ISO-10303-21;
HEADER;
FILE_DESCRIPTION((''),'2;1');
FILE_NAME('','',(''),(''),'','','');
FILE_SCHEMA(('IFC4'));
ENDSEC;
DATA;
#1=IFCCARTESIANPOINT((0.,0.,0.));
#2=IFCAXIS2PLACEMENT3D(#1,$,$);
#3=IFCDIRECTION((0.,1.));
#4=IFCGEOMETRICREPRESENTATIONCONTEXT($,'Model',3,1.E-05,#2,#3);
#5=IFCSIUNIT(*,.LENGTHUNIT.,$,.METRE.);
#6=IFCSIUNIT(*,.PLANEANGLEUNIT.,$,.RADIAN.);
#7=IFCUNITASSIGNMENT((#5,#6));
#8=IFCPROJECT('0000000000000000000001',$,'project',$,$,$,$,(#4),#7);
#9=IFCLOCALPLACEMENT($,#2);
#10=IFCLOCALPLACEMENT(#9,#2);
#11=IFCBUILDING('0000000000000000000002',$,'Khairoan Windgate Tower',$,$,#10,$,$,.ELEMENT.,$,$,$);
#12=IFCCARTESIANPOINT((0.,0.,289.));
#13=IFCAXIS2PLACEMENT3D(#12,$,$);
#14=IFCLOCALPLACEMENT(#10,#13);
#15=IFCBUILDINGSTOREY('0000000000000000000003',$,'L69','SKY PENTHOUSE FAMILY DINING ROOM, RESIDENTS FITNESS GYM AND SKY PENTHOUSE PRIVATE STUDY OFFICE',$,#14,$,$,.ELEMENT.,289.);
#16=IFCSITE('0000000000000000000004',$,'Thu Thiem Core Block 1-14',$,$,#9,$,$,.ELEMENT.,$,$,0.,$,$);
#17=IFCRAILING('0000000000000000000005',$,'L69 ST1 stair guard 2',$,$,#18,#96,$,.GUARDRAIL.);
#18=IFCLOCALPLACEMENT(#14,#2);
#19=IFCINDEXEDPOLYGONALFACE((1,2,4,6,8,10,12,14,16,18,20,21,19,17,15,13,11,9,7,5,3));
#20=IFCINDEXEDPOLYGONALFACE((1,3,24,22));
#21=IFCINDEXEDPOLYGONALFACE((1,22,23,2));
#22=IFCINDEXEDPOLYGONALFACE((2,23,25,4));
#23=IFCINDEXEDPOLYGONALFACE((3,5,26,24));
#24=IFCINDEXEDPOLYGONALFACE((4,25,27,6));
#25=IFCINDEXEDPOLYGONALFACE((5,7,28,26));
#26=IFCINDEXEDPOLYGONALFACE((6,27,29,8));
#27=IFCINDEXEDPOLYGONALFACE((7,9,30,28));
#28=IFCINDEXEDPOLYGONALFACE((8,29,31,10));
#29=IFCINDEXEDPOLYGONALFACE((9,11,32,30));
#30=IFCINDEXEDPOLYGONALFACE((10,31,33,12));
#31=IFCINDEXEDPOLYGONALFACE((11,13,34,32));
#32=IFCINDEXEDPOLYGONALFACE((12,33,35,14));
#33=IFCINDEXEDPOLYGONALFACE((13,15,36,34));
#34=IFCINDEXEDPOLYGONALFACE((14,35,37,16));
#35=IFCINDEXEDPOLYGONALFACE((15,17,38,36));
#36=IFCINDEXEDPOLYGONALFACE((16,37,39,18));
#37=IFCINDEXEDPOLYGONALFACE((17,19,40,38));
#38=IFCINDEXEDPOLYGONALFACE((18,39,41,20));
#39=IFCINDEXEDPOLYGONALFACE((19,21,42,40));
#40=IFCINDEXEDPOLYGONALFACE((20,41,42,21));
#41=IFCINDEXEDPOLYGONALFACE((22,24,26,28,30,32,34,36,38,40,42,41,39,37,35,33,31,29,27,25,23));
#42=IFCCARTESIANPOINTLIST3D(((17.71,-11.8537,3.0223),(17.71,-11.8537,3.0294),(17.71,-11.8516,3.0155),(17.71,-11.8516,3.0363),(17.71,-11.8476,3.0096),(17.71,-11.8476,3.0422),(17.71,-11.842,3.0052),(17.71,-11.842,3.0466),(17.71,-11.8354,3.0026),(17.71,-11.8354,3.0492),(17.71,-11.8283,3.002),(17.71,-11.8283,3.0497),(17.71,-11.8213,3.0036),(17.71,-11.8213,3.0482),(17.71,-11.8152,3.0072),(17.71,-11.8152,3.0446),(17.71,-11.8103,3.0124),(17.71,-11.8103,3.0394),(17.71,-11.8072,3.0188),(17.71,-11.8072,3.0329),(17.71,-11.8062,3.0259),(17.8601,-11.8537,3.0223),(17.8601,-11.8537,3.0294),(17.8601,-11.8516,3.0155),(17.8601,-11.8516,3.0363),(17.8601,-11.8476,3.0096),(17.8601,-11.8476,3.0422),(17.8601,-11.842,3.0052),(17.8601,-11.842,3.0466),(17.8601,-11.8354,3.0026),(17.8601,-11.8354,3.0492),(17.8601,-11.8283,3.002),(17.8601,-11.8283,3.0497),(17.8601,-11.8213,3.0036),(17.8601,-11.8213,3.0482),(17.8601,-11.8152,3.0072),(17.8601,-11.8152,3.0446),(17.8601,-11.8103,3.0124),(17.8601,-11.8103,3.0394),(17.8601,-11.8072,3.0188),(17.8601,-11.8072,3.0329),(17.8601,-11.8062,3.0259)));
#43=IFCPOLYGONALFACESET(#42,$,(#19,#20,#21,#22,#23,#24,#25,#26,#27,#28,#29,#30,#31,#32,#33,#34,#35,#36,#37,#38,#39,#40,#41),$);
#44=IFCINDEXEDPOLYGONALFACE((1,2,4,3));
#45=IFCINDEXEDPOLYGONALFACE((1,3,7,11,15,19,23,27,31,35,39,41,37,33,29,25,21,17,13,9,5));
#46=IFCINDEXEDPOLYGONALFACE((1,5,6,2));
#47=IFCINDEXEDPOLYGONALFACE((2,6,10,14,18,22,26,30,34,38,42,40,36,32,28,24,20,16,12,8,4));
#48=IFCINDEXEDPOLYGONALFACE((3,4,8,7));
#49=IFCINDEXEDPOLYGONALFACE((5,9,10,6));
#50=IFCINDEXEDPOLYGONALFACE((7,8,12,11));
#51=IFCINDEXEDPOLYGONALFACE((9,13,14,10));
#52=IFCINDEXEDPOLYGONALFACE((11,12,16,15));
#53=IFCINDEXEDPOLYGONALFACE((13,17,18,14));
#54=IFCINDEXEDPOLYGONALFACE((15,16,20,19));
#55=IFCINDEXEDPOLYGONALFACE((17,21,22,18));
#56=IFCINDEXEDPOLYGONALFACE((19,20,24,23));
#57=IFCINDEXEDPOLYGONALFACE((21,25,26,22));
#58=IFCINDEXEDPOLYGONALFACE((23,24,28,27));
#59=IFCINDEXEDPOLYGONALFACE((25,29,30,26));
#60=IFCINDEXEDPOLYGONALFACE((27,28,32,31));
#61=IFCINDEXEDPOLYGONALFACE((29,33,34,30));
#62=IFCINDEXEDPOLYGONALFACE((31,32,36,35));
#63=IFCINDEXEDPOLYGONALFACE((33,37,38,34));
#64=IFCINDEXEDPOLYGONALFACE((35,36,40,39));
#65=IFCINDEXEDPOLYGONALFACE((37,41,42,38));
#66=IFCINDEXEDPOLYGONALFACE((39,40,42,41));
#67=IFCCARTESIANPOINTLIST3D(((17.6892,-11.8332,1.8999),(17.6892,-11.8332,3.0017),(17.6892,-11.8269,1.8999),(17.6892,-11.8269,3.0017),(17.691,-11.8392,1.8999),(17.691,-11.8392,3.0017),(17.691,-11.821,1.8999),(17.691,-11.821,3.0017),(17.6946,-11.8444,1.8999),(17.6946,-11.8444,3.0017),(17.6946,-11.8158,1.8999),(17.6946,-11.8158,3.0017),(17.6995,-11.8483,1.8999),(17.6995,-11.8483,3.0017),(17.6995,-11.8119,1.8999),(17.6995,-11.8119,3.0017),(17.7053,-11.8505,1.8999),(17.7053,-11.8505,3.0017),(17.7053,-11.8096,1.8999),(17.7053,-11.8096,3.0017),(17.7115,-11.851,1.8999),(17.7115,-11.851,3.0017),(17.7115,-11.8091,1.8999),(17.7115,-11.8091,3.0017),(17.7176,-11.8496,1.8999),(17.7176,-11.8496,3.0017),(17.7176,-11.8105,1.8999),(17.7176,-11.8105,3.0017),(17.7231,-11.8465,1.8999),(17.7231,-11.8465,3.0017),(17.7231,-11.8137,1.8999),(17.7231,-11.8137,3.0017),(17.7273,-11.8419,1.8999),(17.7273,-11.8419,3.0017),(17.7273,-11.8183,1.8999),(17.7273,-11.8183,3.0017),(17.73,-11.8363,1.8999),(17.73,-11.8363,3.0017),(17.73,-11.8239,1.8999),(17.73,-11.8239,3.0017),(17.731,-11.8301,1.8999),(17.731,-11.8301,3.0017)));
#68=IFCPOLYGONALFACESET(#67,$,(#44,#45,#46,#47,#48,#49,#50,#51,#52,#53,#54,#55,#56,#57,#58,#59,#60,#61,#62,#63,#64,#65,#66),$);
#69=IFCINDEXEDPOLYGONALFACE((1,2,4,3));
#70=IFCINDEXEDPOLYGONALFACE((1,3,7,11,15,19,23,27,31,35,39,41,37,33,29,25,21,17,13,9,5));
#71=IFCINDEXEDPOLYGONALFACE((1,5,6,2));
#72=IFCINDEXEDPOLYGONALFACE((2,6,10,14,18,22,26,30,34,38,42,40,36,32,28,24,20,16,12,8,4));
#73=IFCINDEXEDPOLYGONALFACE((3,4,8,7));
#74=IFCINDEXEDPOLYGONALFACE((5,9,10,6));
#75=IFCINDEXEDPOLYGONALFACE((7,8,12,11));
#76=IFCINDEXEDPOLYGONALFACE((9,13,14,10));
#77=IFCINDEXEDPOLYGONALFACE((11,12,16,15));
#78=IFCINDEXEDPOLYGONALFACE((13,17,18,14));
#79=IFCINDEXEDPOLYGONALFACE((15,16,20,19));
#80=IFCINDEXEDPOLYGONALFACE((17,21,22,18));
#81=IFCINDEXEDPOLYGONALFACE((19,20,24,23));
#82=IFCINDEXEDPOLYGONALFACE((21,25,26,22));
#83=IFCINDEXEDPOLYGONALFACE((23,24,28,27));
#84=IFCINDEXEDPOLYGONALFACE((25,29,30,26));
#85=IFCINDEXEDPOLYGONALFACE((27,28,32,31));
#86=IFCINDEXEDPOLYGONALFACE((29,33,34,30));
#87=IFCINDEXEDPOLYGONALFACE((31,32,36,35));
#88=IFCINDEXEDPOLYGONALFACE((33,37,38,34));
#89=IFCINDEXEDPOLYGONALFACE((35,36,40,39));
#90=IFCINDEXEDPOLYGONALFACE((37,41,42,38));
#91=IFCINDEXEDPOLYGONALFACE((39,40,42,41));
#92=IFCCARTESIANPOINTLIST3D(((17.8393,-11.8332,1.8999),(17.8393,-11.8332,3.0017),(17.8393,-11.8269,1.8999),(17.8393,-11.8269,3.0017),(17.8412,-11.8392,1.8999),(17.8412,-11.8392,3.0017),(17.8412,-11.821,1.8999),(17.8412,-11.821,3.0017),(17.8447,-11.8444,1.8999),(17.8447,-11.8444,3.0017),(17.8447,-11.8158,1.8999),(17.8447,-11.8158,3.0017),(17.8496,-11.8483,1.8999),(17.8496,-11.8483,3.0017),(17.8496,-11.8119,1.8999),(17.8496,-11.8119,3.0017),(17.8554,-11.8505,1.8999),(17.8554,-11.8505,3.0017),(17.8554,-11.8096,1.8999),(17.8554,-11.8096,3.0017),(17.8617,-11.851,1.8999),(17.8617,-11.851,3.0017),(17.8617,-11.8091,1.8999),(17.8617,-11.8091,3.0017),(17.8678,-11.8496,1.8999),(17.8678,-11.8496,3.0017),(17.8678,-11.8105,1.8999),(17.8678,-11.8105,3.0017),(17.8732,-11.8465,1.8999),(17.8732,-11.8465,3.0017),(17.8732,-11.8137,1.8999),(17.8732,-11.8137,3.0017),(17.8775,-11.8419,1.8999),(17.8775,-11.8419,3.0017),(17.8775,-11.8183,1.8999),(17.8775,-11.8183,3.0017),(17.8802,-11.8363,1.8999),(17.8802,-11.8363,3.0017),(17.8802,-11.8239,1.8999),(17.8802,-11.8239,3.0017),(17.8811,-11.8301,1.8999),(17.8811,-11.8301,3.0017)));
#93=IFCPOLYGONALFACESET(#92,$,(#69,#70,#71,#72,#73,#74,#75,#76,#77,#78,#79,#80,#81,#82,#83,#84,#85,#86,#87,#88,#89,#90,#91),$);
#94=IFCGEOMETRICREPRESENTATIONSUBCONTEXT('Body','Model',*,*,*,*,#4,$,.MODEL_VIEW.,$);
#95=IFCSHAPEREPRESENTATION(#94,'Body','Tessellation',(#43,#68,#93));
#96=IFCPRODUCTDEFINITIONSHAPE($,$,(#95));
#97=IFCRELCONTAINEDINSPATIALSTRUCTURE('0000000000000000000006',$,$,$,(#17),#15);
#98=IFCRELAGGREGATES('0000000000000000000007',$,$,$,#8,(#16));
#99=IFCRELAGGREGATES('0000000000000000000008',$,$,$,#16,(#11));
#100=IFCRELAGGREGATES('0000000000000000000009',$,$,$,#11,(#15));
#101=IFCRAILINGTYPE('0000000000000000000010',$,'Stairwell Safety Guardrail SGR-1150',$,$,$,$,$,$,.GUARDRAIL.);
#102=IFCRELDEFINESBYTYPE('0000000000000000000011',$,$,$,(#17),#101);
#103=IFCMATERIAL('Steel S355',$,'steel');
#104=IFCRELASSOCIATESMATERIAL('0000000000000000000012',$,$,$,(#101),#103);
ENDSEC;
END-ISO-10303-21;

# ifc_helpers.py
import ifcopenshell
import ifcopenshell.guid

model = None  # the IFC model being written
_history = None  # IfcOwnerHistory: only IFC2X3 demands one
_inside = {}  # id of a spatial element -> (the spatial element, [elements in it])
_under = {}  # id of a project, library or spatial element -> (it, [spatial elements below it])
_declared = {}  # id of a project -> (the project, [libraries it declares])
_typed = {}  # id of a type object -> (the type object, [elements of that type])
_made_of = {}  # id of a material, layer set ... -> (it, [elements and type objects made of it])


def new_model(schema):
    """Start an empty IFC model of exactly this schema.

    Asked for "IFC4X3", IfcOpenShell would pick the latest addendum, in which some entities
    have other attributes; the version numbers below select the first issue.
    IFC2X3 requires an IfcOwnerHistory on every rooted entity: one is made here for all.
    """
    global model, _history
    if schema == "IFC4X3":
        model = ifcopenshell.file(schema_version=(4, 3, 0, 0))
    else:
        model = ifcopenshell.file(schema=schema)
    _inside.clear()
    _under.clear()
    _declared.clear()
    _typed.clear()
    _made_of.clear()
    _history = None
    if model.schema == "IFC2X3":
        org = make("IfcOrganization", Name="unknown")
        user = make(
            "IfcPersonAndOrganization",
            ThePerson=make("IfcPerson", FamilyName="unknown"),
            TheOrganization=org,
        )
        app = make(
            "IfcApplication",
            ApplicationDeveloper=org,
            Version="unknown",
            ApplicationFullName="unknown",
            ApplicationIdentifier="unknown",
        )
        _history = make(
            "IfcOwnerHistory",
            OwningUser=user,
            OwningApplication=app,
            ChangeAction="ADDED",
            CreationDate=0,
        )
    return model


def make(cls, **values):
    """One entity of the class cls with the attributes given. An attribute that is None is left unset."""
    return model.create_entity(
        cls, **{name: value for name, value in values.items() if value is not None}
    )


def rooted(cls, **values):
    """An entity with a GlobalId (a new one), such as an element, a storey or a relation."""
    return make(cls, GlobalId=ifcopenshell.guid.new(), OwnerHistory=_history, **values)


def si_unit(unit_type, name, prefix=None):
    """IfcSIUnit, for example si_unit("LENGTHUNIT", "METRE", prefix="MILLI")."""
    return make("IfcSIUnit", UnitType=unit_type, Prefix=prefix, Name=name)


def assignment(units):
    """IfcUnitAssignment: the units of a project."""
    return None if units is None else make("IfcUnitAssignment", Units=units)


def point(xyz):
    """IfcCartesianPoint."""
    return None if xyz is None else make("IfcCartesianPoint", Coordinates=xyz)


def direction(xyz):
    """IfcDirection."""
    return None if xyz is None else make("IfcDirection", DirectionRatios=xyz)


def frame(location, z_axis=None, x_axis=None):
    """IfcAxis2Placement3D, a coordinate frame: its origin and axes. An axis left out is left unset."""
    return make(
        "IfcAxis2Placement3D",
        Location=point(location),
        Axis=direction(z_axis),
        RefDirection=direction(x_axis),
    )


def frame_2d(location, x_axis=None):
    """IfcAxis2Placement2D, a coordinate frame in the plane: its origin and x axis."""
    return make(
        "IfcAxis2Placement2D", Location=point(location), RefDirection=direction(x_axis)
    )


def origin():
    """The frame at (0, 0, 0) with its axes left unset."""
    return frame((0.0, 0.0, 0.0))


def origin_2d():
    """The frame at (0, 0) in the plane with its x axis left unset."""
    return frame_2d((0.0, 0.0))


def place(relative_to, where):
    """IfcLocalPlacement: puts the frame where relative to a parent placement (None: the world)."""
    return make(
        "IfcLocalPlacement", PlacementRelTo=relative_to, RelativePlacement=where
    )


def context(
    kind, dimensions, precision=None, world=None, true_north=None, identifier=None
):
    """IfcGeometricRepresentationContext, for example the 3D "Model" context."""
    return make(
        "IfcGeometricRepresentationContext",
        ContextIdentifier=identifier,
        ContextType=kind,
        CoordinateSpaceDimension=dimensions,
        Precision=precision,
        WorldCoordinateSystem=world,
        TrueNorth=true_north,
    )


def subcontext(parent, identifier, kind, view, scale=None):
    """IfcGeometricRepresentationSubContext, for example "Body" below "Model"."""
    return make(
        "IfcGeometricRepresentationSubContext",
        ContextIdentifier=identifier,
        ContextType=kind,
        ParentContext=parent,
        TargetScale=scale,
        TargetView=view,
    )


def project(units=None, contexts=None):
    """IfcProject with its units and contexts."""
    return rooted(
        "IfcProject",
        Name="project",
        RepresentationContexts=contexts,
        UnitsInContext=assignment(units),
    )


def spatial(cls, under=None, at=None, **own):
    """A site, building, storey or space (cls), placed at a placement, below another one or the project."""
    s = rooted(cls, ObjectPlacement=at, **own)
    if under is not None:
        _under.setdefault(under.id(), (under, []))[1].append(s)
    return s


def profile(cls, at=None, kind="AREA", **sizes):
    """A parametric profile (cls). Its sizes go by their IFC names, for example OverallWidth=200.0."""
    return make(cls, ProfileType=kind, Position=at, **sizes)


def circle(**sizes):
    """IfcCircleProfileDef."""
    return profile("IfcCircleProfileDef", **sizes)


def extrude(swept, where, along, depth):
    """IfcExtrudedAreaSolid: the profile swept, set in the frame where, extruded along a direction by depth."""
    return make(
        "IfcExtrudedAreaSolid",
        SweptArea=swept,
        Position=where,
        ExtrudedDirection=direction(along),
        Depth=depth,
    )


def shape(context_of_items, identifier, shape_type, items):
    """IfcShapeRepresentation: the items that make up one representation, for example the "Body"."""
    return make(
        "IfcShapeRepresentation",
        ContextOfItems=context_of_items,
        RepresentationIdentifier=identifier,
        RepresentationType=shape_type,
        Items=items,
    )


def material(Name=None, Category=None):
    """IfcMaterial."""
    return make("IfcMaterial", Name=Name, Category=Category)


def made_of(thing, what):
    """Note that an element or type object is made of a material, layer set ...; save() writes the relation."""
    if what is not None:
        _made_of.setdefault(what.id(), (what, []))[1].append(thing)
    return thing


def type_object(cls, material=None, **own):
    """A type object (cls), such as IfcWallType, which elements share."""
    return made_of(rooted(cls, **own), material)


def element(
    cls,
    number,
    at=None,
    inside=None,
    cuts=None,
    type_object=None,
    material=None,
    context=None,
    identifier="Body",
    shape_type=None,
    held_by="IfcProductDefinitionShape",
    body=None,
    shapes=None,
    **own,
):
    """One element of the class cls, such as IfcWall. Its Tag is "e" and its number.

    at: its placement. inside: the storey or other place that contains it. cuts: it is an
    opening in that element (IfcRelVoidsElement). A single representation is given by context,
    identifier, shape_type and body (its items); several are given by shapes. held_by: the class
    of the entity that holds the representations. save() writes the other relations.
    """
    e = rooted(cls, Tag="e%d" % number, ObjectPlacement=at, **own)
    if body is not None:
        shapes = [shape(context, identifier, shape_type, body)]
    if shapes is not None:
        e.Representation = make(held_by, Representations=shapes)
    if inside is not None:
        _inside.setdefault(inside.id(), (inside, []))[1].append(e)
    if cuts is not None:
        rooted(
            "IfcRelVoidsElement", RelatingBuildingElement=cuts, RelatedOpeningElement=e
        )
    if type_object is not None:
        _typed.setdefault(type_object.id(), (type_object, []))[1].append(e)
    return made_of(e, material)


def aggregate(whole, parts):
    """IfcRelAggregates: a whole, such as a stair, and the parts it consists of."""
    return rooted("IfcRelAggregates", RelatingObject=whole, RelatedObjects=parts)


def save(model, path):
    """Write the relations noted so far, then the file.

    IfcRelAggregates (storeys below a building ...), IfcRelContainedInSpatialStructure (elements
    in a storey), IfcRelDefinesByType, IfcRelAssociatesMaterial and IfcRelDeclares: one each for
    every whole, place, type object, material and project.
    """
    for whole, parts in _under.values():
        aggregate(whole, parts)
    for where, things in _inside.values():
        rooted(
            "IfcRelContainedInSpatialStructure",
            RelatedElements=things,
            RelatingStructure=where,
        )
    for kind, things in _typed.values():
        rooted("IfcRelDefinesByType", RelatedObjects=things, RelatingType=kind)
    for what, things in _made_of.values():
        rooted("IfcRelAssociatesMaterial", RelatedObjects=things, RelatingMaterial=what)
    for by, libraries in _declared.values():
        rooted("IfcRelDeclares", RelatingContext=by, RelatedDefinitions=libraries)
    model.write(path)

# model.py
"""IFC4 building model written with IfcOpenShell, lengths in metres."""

from ifc_helpers import new_model, si_unit, direction, frame, origin, origin_2d, place, context, subcontext, project, spatial, circle, extrude, material, type_object, element, save


model = new_model("IFC4")

# Units and contexts
model_context = context("Model", 3, precision=1e-05, world=origin(), true_north=direction((0.0, 1.0)))
body_context = subcontext(model_context, "Body", "Model", "MODEL_VIEW")
ifc_project = project(units=[si_unit("LENGTHUNIT", "METRE"), si_unit("PLANEANGLEUNIT", "RADIAN")], contexts=[model_context])

# Site, building, storey
site_placement = place(None, origin())
site = spatial("IfcSite", under=ifc_project, at=site_placement, Name="Thu Thiem Core Block 1-14", CompositionType="ELEMENT", RefElevation=0.0)
building_placement = place(site_placement, origin())
building = spatial("IfcBuilding", under=site, at=building_placement, Name="Khairoan Windgate Tower", CompositionType="ELEMENT")
storey_placement = place(building_placement, frame((0.0, 0.0, 289.0)))
storey = spatial("IfcBuildingStorey", under=building, at=storey_placement, Name="L69", Description="SKY PENTHOUSE FAMILY DINING ROOM, RESIDENTS FITNESS GYM AND SKY PENTHOUSE PRIVATE STUDY OFFICE", CompositionType="ELEMENT", Elevation=289.0)

# Railing
ifc_material_1 = material(Name="Steel S355", Category="steel")
railing_type_1 = type_object("IfcRailingType", Name="Stairwell Safety Guardrail SGR-1150", PredefinedType="GUARDRAIL", material=ifc_material_1)
railing_1_placement = place(storey_placement, frame((17.71, -11.8301, 1.8999)))
element("IfcRailing", 1, at=railing_1_placement, inside=storey, type_object=railing_type_1, Name="L69 ST1 stair guard 2", PredefinedType="GUARDRAIL", context=body_context, shape_type="SweptSolid", body=[
    extrude(circle(Radius=0.0239, at=origin_2d()), frame((0.0, 0.0, 1.126), z_axis=(1.0, 0.0, 0.0), x_axis=(0.0, 1.0, 0.0)), (0.0, 0.0, 1.0), 0.1501),
    extrude(circle(Radius=0.021, at=origin_2d()), origin(), (0.0, 0.0, 1.0), 1.1018),
    extrude(circle(Radius=0.021, at=origin_2d()), frame((0.1501, 0.0, 0.0)), (0.0, 0.0, 1.0), 1.1018),
])

save(model, "model.ifc")
